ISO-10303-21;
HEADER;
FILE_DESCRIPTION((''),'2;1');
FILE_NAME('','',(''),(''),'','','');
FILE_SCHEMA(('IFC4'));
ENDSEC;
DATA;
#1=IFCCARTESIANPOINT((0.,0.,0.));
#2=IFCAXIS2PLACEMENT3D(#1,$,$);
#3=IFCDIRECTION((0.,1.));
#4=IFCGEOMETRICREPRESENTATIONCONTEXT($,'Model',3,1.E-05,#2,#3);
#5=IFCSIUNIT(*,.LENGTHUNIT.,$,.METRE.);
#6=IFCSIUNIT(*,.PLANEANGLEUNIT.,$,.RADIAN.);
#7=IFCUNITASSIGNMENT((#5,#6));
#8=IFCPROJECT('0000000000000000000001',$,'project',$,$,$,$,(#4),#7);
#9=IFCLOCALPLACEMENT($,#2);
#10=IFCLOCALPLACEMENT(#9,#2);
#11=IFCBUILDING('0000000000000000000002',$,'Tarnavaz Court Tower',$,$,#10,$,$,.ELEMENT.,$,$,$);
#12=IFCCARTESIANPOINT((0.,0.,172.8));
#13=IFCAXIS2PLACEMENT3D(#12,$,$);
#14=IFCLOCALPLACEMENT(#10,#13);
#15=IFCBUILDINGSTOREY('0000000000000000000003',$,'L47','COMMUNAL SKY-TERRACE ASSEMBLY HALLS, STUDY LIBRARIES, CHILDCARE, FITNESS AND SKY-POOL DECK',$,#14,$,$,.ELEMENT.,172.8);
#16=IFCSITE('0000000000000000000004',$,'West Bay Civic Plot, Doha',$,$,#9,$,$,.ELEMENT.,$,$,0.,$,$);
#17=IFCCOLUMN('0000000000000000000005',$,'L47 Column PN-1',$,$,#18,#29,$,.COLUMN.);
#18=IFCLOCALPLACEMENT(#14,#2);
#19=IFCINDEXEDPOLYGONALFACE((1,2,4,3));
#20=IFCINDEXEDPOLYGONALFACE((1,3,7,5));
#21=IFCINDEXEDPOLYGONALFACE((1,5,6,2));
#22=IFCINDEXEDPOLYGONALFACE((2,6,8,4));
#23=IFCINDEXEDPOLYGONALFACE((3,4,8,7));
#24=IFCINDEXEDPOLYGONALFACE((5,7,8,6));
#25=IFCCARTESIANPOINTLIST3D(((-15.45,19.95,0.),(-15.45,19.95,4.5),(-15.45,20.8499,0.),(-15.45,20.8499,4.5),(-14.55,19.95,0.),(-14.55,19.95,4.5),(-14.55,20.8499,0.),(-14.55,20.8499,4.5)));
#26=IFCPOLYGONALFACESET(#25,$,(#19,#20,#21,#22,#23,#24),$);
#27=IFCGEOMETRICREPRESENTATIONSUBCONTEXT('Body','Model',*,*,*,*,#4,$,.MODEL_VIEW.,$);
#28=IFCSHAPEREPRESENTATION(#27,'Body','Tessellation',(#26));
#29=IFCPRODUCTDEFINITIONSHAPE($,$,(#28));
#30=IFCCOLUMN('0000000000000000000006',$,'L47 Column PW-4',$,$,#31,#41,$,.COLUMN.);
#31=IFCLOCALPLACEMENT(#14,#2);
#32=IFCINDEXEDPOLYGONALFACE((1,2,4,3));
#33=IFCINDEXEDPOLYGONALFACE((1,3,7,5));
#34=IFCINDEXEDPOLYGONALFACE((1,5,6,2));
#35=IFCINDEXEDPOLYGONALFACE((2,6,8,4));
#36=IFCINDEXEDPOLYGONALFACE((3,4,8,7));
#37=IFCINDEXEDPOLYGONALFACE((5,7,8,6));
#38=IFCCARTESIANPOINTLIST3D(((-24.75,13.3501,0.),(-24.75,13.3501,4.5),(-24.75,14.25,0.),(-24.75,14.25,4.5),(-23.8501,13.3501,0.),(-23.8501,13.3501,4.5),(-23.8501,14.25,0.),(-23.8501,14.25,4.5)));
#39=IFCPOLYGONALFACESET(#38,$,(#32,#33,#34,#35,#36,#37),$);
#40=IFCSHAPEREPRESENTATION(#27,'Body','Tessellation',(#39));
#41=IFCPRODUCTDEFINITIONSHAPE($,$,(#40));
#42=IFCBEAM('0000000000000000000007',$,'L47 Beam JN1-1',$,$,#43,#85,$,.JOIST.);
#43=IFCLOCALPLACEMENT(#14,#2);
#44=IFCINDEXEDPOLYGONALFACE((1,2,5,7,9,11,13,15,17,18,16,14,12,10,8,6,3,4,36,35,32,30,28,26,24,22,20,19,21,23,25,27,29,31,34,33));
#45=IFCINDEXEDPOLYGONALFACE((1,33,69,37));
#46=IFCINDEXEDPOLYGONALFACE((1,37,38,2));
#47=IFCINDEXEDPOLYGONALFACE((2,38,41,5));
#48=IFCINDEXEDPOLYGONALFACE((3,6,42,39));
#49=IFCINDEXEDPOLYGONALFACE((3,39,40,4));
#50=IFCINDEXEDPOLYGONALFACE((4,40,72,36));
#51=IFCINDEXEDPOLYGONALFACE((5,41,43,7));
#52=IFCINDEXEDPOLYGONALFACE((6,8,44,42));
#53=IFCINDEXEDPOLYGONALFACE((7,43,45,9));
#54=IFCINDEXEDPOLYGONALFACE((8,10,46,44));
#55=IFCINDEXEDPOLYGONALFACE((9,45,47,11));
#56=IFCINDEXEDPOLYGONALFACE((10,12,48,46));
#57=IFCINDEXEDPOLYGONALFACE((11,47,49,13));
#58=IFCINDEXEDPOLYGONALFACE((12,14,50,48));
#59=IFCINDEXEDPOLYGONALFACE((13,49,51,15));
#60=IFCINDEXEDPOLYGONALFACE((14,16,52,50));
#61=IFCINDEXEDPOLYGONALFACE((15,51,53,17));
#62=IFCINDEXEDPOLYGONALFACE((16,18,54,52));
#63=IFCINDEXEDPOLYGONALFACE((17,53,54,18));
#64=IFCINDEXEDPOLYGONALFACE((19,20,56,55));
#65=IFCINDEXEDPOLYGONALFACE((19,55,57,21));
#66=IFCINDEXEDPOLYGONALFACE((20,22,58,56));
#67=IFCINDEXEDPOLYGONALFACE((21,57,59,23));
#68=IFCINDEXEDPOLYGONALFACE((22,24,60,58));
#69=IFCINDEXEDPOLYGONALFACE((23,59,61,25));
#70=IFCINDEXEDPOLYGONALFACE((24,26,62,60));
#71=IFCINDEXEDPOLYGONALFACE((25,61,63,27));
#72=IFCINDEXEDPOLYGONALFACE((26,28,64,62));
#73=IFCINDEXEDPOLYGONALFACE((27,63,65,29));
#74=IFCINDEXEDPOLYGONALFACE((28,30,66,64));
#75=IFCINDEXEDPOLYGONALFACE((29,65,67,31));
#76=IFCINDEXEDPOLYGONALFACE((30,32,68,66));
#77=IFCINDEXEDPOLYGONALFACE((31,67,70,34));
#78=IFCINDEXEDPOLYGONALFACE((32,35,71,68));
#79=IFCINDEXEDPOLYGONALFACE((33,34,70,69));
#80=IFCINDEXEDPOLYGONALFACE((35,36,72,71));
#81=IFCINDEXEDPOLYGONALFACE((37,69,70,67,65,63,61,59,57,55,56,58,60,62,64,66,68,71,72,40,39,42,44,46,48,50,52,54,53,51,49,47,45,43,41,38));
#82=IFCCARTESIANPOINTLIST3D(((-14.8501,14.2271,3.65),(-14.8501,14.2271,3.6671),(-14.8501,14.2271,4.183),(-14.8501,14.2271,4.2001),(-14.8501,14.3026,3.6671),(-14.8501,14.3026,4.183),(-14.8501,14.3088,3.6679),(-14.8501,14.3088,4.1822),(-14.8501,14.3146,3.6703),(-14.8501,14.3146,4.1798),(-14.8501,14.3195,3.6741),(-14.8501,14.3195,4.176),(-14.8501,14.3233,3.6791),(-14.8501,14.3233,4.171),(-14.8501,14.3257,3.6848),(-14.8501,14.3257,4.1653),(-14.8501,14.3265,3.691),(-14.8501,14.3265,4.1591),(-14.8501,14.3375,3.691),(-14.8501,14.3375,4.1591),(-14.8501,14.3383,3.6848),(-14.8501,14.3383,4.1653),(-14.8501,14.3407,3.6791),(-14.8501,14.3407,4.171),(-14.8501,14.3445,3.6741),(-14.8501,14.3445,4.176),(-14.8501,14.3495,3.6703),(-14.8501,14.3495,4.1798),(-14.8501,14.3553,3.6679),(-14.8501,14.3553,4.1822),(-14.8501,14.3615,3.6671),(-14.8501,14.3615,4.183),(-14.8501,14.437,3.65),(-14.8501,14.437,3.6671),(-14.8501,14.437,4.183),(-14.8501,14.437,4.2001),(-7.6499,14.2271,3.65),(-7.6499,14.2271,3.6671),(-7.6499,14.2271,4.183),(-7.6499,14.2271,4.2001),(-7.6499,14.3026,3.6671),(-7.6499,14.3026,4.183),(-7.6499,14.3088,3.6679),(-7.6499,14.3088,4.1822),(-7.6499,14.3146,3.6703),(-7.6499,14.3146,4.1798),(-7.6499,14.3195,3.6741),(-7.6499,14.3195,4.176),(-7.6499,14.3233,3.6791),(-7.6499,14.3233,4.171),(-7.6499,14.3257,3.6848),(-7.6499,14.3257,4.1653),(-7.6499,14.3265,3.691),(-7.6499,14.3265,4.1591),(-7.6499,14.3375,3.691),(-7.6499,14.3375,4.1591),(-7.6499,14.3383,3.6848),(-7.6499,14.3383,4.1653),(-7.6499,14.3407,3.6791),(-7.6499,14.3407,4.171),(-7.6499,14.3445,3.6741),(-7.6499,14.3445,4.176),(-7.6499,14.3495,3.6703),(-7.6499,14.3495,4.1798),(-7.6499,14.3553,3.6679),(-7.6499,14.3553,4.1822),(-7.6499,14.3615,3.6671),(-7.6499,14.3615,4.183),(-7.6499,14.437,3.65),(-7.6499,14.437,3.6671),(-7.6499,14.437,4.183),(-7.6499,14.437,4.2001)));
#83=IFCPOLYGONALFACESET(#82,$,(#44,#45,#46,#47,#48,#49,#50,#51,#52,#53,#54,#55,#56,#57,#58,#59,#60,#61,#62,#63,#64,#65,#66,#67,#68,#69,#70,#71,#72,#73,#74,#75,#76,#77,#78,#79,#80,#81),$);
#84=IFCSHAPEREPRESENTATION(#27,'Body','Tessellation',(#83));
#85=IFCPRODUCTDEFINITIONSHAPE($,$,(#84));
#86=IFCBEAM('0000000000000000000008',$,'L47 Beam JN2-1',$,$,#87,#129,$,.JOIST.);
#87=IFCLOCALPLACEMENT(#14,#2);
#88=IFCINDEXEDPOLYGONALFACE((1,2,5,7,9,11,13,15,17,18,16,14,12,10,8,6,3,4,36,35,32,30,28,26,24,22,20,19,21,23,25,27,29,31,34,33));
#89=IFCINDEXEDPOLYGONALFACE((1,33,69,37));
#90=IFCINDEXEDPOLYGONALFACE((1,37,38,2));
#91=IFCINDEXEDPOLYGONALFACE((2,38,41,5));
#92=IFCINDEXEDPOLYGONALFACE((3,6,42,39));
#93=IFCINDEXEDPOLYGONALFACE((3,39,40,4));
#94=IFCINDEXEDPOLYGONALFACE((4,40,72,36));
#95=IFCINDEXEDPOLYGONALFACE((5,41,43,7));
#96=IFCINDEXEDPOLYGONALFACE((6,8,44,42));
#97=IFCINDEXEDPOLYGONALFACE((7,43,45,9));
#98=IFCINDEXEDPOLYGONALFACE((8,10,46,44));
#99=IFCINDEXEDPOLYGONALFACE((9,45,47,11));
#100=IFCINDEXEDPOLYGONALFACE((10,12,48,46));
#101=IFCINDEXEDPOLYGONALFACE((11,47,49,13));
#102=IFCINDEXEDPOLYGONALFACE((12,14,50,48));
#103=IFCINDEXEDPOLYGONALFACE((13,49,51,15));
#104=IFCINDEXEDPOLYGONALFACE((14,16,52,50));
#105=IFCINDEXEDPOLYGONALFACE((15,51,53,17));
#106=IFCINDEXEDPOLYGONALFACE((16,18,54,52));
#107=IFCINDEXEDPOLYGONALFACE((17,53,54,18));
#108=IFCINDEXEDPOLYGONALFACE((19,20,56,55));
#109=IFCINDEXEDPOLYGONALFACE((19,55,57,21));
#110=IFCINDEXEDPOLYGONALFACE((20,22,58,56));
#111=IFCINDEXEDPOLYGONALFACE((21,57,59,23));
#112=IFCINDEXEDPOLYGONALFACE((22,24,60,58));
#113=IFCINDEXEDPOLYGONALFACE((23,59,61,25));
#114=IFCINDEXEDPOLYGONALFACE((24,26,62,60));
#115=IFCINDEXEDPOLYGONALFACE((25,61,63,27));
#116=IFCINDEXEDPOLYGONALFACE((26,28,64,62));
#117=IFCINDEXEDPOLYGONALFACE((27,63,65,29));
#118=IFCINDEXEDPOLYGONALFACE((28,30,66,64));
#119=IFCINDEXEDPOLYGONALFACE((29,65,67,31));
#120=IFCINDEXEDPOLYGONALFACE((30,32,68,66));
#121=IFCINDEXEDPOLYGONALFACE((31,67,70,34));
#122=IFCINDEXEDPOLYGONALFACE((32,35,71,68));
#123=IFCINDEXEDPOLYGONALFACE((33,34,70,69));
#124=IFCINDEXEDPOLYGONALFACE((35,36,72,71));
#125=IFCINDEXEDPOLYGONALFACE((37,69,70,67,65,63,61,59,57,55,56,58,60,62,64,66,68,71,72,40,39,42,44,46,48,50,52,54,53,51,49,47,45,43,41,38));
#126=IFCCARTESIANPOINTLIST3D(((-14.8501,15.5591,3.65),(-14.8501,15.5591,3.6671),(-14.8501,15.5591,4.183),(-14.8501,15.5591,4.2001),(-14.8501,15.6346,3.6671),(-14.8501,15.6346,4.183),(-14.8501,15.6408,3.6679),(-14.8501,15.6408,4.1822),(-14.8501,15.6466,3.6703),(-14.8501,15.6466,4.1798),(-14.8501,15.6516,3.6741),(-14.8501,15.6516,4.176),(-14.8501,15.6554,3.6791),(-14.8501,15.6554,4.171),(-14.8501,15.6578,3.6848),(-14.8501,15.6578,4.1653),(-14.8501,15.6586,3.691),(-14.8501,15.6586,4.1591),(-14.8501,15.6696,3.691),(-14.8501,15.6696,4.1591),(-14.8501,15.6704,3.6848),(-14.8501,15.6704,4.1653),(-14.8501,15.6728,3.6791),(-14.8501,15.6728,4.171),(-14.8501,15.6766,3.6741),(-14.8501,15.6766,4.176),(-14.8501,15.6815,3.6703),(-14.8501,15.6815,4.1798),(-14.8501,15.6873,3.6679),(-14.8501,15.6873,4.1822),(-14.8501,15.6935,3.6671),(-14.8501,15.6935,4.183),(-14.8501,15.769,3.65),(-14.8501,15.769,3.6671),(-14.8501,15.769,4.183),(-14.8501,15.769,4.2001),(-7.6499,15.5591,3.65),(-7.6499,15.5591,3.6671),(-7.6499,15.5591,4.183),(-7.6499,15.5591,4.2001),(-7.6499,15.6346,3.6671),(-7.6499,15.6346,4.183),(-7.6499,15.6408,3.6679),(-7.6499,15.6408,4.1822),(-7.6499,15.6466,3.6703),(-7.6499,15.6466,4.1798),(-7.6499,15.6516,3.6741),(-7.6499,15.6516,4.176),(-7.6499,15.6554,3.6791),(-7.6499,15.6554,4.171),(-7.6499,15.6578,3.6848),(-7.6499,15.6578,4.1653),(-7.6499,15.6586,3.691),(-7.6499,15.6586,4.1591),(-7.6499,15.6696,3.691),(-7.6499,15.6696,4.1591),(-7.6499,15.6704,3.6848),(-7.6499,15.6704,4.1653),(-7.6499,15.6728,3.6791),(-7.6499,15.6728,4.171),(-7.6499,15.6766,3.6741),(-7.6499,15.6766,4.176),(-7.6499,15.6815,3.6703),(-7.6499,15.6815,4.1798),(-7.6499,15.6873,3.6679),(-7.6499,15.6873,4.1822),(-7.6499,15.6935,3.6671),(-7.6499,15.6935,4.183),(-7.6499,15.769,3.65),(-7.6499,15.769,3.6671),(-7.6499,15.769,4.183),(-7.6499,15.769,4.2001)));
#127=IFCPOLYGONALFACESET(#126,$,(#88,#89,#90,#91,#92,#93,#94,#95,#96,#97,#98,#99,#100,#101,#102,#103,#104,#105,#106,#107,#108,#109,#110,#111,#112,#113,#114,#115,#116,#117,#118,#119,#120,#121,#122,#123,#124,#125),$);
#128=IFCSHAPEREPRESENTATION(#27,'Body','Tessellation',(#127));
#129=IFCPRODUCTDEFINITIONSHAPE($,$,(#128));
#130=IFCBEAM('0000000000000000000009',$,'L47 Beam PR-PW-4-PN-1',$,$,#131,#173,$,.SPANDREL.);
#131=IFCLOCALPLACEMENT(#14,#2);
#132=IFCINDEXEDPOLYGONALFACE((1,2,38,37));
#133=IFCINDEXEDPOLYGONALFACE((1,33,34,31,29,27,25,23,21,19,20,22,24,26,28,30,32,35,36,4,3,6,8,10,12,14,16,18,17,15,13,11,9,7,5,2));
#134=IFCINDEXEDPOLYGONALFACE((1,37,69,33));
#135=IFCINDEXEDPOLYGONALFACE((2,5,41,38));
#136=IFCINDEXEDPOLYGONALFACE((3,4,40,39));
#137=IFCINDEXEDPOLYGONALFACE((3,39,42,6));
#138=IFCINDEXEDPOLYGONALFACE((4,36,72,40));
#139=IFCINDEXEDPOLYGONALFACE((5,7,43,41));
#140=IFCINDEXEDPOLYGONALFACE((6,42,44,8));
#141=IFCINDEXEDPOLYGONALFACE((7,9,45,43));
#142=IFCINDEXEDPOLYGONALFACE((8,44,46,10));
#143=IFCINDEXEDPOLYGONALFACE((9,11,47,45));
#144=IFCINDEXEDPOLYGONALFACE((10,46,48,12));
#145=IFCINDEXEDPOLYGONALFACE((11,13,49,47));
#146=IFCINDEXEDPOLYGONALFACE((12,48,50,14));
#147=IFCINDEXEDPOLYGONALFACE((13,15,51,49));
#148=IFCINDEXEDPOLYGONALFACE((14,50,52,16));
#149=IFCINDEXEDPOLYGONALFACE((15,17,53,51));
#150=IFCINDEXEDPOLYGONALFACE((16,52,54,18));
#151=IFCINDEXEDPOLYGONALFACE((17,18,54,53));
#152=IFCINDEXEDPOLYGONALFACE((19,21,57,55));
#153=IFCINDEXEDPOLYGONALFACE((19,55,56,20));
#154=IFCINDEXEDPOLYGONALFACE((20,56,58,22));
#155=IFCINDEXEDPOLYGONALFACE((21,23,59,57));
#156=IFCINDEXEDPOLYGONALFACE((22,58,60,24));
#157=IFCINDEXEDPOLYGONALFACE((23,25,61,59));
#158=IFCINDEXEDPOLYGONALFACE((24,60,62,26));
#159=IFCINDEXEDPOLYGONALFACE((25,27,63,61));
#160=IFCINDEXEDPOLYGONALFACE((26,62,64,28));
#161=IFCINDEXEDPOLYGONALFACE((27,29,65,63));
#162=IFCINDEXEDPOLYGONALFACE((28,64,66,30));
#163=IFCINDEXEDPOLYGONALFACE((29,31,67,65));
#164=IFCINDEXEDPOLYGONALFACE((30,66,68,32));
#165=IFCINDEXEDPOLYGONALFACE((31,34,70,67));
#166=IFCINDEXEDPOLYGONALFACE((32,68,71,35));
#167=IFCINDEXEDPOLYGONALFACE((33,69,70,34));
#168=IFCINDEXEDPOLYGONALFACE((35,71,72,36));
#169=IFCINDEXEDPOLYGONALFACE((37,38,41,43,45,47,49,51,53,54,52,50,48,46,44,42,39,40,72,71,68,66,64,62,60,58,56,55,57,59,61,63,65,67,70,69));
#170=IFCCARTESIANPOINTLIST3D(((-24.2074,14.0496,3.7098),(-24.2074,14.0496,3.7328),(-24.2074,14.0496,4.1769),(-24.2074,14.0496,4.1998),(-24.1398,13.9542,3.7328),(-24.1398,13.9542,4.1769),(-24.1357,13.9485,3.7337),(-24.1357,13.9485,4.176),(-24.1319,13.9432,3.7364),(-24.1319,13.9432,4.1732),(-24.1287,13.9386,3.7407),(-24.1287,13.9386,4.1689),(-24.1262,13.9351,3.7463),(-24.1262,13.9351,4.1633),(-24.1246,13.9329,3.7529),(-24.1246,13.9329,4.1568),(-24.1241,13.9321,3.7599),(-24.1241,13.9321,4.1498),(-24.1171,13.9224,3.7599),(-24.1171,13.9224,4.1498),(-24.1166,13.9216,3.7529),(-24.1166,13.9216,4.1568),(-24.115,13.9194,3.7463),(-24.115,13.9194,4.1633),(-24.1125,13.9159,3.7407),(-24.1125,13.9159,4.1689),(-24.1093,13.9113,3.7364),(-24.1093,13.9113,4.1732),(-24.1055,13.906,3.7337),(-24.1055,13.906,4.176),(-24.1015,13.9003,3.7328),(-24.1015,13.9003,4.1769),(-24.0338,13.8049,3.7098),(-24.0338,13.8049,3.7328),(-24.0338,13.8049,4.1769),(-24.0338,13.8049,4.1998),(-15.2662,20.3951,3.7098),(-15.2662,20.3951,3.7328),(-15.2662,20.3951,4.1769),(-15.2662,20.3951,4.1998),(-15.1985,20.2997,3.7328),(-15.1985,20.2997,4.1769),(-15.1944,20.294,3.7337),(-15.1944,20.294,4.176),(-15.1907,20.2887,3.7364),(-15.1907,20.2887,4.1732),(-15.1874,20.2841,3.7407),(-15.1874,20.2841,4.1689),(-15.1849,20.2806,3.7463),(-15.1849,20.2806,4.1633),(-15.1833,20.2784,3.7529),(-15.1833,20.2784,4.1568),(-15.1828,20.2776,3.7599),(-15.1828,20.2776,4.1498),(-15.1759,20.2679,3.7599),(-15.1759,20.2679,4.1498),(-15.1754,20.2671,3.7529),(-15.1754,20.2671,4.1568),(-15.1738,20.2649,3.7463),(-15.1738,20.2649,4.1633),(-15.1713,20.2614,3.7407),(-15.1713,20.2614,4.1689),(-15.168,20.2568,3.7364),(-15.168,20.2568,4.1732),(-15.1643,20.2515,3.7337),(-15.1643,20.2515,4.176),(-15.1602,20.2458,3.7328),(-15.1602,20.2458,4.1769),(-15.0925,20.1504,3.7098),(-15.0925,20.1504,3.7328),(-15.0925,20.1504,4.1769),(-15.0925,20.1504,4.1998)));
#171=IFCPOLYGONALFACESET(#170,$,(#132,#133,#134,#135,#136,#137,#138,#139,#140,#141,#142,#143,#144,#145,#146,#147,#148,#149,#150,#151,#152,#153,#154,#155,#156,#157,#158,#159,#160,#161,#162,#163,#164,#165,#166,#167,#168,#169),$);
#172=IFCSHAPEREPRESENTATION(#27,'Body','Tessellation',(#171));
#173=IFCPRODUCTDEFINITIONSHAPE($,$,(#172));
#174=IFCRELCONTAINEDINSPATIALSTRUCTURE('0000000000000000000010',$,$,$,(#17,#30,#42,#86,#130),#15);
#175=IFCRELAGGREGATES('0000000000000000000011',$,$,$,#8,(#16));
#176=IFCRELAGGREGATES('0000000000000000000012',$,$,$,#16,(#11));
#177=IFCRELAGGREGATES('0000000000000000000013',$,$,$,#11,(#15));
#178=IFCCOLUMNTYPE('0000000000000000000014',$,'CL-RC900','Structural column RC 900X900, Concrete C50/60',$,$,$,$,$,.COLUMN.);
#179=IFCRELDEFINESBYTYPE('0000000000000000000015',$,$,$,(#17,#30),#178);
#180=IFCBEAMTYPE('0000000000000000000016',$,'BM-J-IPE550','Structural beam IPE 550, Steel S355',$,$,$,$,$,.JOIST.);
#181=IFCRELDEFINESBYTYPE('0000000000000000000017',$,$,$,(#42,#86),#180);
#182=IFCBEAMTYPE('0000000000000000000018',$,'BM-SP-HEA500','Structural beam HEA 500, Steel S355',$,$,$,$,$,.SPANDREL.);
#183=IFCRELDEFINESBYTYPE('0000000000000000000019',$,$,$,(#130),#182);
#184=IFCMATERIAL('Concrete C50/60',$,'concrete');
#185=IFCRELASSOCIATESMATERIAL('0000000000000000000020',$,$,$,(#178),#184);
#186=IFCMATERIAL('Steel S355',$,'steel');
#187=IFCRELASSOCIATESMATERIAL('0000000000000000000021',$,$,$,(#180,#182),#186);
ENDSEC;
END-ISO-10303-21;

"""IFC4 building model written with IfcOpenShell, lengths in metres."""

from ifc_helpers import new_model, si_unit, direction, frame, origin, origin_2d, place, context, subcontext, project, spatial, rectangle, i_section, extrude, material, material_profile, profile_set, type_object, element, save


model = new_model("IFC4")

# Units and contexts
model_context = context("Model", 3, precision=1e-05, world=origin(), true_north=direction((0.0, 1.0)))
body_context = subcontext(model_context, "Body", "Model", "MODEL_VIEW")
ifc_project = project(units=[si_unit("LENGTHUNIT", "METRE"), si_unit("PLANEANGLEUNIT", "RADIAN")], contexts=[model_context])

# Site, building, storey
site_placement = place(None, origin())
site = spatial("IfcSite", under=ifc_project, at=site_placement, Name="West Bay Civic Plot, Doha", CompositionType="ELEMENT", RefElevation=0.0)
building_placement = place(site_placement, origin())
building = spatial("IfcBuilding", under=site, at=building_placement, Name="Tarnavaz Court Tower", CompositionType="ELEMENT")
storey_placement = place(building_placement, frame((0.0, 0.0, 172.8)))
storey = spatial("IfcBuildingStorey", under=building, at=storey_placement, Name="L47", Description="COMMUNAL SKY-TERRACE ASSEMBLY HALLS, STUDY LIBRARIES, CHILDCARE, FITNESS AND SKY-POOL DECK", CompositionType="ELEMENT", Elevation=172.8)

# Columns
ifc_material_1 = material(Name="Concrete C50/60", Category="concrete")
ifc_material_profile_1 = material_profile(ifc_material_1, rectangle(XDim=0.8999, YDim=0.8999, at=origin_2d()), Name="RC 900X900")
ifc_profile_set_1 = profile_set([ifc_material_profile_1], Name="Concrete C50/60")
column_type = type_object("IfcColumnType", Name="CL-RC900", Description="Structural column RC 900X900, Concrete C50/60", PredefinedType="COLUMN", material=ifc_profile_set_1)
for number, where, z_axis, x_axis, name in (
    (1, (-15.0, 20.3999, 0.0), (0.0, 0.0, 1.0), (1.0, 0.0, 0.0), "L47 Column PN-1"),
    (2, (-24.3, 13.8, 0.0), (0.0, 0.0, 1.0), (1.0, 0.0, 0.0), "L47 Column PW-4"),
):
    element("IfcColumn", number, at=place(storey_placement, frame(where, z_axis=z_axis, x_axis=x_axis)), inside=storey, type_object=column_type, Name=name, PredefinedType="COLUMN", context=body_context, shape_type="SweptSolid", body=[
        extrude(rectangle(XDim=0.8999, YDim=0.8999, at=origin_2d()), origin(), (0.0, 0.0, 1.0), 4.5),
    ])

# Beams
ifc_material_2 = material(Name="Steel S355", Category="steel")
ifc_material_profile_2 = material_profile(ifc_material_2, i_section(OverallWidth=0.21, OverallDepth=0.55, WebThickness=0.011, FlangeThickness=0.0171, FilletRadius=0.0239, at=origin_2d()), Name="IPE 550")
ifc_profile_set_2 = profile_set([ifc_material_profile_2], Name="Steel S355")
beam_type_1 = type_object("IfcBeamType", Name="BM-J-IPE550", Description="Structural beam IPE 550, Steel S355", PredefinedType="JOIST", material=ifc_profile_set_2)
for number, where, z_axis, x_axis, name in (
    (3, (-14.8501, 14.332, 3.925), (1.0, 0.0, 0.0), (0.0, 1.0, 0.0), "L47 Beam JN1-1"),
    (4, (-14.8501, 15.6641, 3.925), (1.0, 0.0, 0.0), (0.0, 1.0, 0.0), "L47 Beam JN2-1"),
):
    element("IfcBeam", number, at=place(storey_placement, frame(where, z_axis=z_axis, x_axis=x_axis)), inside=storey, type_object=beam_type_1, Name=name, PredefinedType="JOIST", context=body_context, shape_type="SweptSolid", body=[
        extrude(i_section(OverallWidth=0.21, OverallDepth=0.55, WebThickness=0.011, FlangeThickness=0.0171, FilletRadius=0.0239, at=origin_2d()), origin(), (0.0, 0.0, 1.0), 7.2002),
    ])
ifc_material_profile_3 = material_profile(ifc_material_2, i_section(OverallWidth=0.3, OverallDepth=0.49, WebThickness=0.012, FlangeThickness=0.0229, FilletRadius=0.0271, at=origin_2d()), Name="HEA 500")
ifc_profile_set_3 = profile_set([ifc_material_profile_3], Name="Steel S355")
beam_type_2 = type_object("IfcBeamType", Name="BM-SP-HEA500", Description="Structural beam HEA 500, Steel S355", PredefinedType="SPANDREL", material=ifc_profile_set_3)
beam_placement = place(storey_placement, frame((-24.1206, 13.9272, 3.9548), z_axis=(0.815502, 0.578754, 0.0), x_axis=(-0.578754, 0.815502, 0.0)))
element("IfcBeam", 5, at=beam_placement, inside=storey, type_object=beam_type_2, Name="L47 Beam PR-PW-4-PN-1", PredefinedType="SPANDREL", context=body_context, shape_type="SweptSolid", body=[
    extrude(i_section(OverallWidth=0.3, OverallDepth=0.49, WebThickness=0.012, FlangeThickness=0.0229, FilletRadius=0.0271, at=origin_2d()), origin(), (0.0, 0.0, 1.0), 10.9641),
])

save(model, "model.ifc")
